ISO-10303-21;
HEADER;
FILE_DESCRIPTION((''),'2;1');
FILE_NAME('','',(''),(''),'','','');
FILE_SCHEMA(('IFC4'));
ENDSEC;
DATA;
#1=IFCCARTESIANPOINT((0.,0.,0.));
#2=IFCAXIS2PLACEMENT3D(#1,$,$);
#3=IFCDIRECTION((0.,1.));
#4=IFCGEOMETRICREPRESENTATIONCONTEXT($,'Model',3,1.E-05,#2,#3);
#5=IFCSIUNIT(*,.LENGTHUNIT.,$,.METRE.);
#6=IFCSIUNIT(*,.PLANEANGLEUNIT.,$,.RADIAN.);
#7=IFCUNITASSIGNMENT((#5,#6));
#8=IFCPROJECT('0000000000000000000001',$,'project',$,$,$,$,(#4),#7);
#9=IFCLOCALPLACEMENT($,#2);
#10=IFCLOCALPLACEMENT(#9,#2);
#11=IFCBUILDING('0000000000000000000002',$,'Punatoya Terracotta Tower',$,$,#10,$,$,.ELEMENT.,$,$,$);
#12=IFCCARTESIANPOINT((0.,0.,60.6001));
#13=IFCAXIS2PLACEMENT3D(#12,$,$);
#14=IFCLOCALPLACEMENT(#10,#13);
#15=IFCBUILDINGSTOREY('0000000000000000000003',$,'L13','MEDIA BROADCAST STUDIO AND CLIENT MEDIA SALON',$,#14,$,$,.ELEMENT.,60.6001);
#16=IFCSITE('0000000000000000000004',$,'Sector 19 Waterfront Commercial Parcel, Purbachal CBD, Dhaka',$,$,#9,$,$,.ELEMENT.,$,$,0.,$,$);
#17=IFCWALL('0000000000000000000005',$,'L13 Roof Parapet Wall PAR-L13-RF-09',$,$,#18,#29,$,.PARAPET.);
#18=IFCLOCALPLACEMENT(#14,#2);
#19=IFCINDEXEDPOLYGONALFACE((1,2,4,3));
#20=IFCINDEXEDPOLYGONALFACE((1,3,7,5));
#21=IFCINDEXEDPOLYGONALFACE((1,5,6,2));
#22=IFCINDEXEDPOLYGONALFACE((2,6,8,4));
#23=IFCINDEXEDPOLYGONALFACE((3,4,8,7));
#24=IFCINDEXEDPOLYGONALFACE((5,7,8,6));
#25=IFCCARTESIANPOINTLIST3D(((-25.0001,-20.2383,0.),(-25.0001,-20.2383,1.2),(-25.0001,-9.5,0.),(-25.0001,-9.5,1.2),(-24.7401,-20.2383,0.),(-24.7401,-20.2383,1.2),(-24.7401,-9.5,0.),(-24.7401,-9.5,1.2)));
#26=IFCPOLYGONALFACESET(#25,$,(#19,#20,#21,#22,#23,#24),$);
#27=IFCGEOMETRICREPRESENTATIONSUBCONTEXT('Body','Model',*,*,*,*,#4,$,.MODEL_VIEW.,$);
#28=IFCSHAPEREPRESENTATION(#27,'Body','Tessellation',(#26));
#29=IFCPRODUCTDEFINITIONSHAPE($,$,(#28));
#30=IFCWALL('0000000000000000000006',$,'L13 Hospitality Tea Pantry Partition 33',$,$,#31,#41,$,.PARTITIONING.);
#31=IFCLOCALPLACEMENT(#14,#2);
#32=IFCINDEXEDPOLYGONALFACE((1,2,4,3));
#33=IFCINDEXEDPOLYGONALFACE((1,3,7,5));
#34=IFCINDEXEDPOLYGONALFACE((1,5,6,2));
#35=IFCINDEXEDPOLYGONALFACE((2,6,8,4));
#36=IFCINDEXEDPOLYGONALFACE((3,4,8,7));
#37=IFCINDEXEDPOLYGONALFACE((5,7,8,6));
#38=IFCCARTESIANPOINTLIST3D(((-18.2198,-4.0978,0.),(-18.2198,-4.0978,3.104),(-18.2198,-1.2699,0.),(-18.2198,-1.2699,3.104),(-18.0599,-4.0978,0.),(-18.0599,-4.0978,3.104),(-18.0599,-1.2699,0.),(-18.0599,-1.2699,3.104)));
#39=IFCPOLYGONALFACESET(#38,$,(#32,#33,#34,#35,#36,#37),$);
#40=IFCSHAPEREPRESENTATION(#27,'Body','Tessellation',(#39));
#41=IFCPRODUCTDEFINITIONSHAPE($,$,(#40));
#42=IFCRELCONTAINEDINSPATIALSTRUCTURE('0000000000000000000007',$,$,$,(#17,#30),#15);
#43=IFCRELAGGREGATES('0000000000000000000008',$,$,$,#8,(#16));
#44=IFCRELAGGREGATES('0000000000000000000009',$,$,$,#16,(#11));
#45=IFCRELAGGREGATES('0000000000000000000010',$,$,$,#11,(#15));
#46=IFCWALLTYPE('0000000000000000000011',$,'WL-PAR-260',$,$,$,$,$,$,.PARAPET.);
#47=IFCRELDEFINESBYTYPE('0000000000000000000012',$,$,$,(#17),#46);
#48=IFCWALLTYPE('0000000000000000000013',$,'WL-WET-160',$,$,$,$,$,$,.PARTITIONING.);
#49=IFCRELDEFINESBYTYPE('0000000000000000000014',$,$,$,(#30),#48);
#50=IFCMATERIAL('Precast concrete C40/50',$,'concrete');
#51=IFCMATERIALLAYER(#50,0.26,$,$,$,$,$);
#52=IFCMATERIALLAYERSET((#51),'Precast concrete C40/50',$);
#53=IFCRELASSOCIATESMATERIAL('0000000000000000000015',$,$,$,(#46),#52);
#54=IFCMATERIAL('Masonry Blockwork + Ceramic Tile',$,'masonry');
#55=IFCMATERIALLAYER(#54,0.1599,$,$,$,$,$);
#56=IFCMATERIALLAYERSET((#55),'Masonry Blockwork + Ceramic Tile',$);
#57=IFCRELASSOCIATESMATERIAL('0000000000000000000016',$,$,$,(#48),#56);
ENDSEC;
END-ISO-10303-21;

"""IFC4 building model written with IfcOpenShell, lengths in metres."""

from ifc_helpers import new_model, si_unit, direction, frame, frame_2d, origin, place, context, subcontext, project, spatial, rectangle, extrude, material, layer, layer_set, type_object, element, save


model = new_model("IFC4")

# Units and contexts
model_context = context("Model", 3, precision=1e-05, world=origin(), true_north=direction((0.0, 1.0)))
body_context = subcontext(model_context, "Body", "Model", "MODEL_VIEW")
ifc_project = project(units=[si_unit("LENGTHUNIT", "METRE"), si_unit("PLANEANGLEUNIT", "RADIAN")], contexts=[model_context])

# Site, building, storey
site_placement = place(None, origin())
site = spatial("IfcSite", under=ifc_project, at=site_placement, Name="Sector 19 Waterfront Commercial Parcel, Purbachal CBD, Dhaka", CompositionType="ELEMENT", RefElevation=0.0)
building_placement = place(site_placement, origin())
building = spatial("IfcBuilding", under=site, at=building_placement, Name="Punatoya Terracotta Tower", CompositionType="ELEMENT")
storey_placement = place(building_placement, frame((0.0, 0.0, 60.6001)))
storey = spatial("IfcBuildingStorey", under=building, at=storey_placement, Name="L13", Description="MEDIA BROADCAST STUDIO AND CLIENT MEDIA SALON", CompositionType="ELEMENT", Elevation=60.6001)

# Walls
ifc_material_1 = material(Name="Precast concrete C40/50", Category="concrete")
ifc_layer_1 = layer(ifc_material_1, 0.26)
ifc_layer_set_1 = layer_set([ifc_layer_1], Name="Precast concrete C40/50")
wall_type_1 = type_object("IfcWallType", Name="WL-PAR-260", PredefinedType="PARAPET", material=ifc_layer_set_1)
wall_1_placement = place(storey_placement, frame((-24.8701, -9.5, 0.0), z_axis=(0.0, 0.0, 1.0), x_axis=(0.0, -1.0, 0.0)))
element("IfcWall", 1, at=wall_1_placement, inside=storey, type_object=wall_type_1, Name="L13 Roof Parapet Wall PAR-L13-RF-09", PredefinedType="PARAPET", context=body_context, shape_type="SweptSolid", body=[
    extrude(rectangle(XDim=10.7383, YDim=0.26, at=frame_2d((5.3691, 0.0))), origin(), (0.0, 0.0, 1.0), 1.2),
])
ifc_material_2 = material(Name="Masonry Blockwork + Ceramic Tile", Category="masonry")
ifc_layer_2 = layer(ifc_material_2, 0.1599)
ifc_layer_set_2 = layer_set([ifc_layer_2], Name="Masonry Blockwork + Ceramic Tile")
wall_type_2 = type_object("IfcWallType", Name="WL-WET-160", PredefinedType="PARTITIONING", material=ifc_layer_set_2)
wall_2_placement = place(storey_placement, frame((-18.1399, -4.0979, 0.0), z_axis=(0.0, 0.0, 1.0), x_axis=(0.0, 1.0, 0.0)))
element("IfcWall", 2, at=wall_2_placement, inside=storey, type_object=wall_type_2, Name="L13 Hospitality Tea Pantry Partition 33", PredefinedType="PARTITIONING", context=body_context, shape_type="SweptSolid", body=[
    extrude(rectangle(XDim=2.8279, YDim=0.1599, at=frame_2d((1.4141, 0.0))), origin(), (0.0, 0.0, 1.0), 3.104),
])

save(model, "model.ifc")
